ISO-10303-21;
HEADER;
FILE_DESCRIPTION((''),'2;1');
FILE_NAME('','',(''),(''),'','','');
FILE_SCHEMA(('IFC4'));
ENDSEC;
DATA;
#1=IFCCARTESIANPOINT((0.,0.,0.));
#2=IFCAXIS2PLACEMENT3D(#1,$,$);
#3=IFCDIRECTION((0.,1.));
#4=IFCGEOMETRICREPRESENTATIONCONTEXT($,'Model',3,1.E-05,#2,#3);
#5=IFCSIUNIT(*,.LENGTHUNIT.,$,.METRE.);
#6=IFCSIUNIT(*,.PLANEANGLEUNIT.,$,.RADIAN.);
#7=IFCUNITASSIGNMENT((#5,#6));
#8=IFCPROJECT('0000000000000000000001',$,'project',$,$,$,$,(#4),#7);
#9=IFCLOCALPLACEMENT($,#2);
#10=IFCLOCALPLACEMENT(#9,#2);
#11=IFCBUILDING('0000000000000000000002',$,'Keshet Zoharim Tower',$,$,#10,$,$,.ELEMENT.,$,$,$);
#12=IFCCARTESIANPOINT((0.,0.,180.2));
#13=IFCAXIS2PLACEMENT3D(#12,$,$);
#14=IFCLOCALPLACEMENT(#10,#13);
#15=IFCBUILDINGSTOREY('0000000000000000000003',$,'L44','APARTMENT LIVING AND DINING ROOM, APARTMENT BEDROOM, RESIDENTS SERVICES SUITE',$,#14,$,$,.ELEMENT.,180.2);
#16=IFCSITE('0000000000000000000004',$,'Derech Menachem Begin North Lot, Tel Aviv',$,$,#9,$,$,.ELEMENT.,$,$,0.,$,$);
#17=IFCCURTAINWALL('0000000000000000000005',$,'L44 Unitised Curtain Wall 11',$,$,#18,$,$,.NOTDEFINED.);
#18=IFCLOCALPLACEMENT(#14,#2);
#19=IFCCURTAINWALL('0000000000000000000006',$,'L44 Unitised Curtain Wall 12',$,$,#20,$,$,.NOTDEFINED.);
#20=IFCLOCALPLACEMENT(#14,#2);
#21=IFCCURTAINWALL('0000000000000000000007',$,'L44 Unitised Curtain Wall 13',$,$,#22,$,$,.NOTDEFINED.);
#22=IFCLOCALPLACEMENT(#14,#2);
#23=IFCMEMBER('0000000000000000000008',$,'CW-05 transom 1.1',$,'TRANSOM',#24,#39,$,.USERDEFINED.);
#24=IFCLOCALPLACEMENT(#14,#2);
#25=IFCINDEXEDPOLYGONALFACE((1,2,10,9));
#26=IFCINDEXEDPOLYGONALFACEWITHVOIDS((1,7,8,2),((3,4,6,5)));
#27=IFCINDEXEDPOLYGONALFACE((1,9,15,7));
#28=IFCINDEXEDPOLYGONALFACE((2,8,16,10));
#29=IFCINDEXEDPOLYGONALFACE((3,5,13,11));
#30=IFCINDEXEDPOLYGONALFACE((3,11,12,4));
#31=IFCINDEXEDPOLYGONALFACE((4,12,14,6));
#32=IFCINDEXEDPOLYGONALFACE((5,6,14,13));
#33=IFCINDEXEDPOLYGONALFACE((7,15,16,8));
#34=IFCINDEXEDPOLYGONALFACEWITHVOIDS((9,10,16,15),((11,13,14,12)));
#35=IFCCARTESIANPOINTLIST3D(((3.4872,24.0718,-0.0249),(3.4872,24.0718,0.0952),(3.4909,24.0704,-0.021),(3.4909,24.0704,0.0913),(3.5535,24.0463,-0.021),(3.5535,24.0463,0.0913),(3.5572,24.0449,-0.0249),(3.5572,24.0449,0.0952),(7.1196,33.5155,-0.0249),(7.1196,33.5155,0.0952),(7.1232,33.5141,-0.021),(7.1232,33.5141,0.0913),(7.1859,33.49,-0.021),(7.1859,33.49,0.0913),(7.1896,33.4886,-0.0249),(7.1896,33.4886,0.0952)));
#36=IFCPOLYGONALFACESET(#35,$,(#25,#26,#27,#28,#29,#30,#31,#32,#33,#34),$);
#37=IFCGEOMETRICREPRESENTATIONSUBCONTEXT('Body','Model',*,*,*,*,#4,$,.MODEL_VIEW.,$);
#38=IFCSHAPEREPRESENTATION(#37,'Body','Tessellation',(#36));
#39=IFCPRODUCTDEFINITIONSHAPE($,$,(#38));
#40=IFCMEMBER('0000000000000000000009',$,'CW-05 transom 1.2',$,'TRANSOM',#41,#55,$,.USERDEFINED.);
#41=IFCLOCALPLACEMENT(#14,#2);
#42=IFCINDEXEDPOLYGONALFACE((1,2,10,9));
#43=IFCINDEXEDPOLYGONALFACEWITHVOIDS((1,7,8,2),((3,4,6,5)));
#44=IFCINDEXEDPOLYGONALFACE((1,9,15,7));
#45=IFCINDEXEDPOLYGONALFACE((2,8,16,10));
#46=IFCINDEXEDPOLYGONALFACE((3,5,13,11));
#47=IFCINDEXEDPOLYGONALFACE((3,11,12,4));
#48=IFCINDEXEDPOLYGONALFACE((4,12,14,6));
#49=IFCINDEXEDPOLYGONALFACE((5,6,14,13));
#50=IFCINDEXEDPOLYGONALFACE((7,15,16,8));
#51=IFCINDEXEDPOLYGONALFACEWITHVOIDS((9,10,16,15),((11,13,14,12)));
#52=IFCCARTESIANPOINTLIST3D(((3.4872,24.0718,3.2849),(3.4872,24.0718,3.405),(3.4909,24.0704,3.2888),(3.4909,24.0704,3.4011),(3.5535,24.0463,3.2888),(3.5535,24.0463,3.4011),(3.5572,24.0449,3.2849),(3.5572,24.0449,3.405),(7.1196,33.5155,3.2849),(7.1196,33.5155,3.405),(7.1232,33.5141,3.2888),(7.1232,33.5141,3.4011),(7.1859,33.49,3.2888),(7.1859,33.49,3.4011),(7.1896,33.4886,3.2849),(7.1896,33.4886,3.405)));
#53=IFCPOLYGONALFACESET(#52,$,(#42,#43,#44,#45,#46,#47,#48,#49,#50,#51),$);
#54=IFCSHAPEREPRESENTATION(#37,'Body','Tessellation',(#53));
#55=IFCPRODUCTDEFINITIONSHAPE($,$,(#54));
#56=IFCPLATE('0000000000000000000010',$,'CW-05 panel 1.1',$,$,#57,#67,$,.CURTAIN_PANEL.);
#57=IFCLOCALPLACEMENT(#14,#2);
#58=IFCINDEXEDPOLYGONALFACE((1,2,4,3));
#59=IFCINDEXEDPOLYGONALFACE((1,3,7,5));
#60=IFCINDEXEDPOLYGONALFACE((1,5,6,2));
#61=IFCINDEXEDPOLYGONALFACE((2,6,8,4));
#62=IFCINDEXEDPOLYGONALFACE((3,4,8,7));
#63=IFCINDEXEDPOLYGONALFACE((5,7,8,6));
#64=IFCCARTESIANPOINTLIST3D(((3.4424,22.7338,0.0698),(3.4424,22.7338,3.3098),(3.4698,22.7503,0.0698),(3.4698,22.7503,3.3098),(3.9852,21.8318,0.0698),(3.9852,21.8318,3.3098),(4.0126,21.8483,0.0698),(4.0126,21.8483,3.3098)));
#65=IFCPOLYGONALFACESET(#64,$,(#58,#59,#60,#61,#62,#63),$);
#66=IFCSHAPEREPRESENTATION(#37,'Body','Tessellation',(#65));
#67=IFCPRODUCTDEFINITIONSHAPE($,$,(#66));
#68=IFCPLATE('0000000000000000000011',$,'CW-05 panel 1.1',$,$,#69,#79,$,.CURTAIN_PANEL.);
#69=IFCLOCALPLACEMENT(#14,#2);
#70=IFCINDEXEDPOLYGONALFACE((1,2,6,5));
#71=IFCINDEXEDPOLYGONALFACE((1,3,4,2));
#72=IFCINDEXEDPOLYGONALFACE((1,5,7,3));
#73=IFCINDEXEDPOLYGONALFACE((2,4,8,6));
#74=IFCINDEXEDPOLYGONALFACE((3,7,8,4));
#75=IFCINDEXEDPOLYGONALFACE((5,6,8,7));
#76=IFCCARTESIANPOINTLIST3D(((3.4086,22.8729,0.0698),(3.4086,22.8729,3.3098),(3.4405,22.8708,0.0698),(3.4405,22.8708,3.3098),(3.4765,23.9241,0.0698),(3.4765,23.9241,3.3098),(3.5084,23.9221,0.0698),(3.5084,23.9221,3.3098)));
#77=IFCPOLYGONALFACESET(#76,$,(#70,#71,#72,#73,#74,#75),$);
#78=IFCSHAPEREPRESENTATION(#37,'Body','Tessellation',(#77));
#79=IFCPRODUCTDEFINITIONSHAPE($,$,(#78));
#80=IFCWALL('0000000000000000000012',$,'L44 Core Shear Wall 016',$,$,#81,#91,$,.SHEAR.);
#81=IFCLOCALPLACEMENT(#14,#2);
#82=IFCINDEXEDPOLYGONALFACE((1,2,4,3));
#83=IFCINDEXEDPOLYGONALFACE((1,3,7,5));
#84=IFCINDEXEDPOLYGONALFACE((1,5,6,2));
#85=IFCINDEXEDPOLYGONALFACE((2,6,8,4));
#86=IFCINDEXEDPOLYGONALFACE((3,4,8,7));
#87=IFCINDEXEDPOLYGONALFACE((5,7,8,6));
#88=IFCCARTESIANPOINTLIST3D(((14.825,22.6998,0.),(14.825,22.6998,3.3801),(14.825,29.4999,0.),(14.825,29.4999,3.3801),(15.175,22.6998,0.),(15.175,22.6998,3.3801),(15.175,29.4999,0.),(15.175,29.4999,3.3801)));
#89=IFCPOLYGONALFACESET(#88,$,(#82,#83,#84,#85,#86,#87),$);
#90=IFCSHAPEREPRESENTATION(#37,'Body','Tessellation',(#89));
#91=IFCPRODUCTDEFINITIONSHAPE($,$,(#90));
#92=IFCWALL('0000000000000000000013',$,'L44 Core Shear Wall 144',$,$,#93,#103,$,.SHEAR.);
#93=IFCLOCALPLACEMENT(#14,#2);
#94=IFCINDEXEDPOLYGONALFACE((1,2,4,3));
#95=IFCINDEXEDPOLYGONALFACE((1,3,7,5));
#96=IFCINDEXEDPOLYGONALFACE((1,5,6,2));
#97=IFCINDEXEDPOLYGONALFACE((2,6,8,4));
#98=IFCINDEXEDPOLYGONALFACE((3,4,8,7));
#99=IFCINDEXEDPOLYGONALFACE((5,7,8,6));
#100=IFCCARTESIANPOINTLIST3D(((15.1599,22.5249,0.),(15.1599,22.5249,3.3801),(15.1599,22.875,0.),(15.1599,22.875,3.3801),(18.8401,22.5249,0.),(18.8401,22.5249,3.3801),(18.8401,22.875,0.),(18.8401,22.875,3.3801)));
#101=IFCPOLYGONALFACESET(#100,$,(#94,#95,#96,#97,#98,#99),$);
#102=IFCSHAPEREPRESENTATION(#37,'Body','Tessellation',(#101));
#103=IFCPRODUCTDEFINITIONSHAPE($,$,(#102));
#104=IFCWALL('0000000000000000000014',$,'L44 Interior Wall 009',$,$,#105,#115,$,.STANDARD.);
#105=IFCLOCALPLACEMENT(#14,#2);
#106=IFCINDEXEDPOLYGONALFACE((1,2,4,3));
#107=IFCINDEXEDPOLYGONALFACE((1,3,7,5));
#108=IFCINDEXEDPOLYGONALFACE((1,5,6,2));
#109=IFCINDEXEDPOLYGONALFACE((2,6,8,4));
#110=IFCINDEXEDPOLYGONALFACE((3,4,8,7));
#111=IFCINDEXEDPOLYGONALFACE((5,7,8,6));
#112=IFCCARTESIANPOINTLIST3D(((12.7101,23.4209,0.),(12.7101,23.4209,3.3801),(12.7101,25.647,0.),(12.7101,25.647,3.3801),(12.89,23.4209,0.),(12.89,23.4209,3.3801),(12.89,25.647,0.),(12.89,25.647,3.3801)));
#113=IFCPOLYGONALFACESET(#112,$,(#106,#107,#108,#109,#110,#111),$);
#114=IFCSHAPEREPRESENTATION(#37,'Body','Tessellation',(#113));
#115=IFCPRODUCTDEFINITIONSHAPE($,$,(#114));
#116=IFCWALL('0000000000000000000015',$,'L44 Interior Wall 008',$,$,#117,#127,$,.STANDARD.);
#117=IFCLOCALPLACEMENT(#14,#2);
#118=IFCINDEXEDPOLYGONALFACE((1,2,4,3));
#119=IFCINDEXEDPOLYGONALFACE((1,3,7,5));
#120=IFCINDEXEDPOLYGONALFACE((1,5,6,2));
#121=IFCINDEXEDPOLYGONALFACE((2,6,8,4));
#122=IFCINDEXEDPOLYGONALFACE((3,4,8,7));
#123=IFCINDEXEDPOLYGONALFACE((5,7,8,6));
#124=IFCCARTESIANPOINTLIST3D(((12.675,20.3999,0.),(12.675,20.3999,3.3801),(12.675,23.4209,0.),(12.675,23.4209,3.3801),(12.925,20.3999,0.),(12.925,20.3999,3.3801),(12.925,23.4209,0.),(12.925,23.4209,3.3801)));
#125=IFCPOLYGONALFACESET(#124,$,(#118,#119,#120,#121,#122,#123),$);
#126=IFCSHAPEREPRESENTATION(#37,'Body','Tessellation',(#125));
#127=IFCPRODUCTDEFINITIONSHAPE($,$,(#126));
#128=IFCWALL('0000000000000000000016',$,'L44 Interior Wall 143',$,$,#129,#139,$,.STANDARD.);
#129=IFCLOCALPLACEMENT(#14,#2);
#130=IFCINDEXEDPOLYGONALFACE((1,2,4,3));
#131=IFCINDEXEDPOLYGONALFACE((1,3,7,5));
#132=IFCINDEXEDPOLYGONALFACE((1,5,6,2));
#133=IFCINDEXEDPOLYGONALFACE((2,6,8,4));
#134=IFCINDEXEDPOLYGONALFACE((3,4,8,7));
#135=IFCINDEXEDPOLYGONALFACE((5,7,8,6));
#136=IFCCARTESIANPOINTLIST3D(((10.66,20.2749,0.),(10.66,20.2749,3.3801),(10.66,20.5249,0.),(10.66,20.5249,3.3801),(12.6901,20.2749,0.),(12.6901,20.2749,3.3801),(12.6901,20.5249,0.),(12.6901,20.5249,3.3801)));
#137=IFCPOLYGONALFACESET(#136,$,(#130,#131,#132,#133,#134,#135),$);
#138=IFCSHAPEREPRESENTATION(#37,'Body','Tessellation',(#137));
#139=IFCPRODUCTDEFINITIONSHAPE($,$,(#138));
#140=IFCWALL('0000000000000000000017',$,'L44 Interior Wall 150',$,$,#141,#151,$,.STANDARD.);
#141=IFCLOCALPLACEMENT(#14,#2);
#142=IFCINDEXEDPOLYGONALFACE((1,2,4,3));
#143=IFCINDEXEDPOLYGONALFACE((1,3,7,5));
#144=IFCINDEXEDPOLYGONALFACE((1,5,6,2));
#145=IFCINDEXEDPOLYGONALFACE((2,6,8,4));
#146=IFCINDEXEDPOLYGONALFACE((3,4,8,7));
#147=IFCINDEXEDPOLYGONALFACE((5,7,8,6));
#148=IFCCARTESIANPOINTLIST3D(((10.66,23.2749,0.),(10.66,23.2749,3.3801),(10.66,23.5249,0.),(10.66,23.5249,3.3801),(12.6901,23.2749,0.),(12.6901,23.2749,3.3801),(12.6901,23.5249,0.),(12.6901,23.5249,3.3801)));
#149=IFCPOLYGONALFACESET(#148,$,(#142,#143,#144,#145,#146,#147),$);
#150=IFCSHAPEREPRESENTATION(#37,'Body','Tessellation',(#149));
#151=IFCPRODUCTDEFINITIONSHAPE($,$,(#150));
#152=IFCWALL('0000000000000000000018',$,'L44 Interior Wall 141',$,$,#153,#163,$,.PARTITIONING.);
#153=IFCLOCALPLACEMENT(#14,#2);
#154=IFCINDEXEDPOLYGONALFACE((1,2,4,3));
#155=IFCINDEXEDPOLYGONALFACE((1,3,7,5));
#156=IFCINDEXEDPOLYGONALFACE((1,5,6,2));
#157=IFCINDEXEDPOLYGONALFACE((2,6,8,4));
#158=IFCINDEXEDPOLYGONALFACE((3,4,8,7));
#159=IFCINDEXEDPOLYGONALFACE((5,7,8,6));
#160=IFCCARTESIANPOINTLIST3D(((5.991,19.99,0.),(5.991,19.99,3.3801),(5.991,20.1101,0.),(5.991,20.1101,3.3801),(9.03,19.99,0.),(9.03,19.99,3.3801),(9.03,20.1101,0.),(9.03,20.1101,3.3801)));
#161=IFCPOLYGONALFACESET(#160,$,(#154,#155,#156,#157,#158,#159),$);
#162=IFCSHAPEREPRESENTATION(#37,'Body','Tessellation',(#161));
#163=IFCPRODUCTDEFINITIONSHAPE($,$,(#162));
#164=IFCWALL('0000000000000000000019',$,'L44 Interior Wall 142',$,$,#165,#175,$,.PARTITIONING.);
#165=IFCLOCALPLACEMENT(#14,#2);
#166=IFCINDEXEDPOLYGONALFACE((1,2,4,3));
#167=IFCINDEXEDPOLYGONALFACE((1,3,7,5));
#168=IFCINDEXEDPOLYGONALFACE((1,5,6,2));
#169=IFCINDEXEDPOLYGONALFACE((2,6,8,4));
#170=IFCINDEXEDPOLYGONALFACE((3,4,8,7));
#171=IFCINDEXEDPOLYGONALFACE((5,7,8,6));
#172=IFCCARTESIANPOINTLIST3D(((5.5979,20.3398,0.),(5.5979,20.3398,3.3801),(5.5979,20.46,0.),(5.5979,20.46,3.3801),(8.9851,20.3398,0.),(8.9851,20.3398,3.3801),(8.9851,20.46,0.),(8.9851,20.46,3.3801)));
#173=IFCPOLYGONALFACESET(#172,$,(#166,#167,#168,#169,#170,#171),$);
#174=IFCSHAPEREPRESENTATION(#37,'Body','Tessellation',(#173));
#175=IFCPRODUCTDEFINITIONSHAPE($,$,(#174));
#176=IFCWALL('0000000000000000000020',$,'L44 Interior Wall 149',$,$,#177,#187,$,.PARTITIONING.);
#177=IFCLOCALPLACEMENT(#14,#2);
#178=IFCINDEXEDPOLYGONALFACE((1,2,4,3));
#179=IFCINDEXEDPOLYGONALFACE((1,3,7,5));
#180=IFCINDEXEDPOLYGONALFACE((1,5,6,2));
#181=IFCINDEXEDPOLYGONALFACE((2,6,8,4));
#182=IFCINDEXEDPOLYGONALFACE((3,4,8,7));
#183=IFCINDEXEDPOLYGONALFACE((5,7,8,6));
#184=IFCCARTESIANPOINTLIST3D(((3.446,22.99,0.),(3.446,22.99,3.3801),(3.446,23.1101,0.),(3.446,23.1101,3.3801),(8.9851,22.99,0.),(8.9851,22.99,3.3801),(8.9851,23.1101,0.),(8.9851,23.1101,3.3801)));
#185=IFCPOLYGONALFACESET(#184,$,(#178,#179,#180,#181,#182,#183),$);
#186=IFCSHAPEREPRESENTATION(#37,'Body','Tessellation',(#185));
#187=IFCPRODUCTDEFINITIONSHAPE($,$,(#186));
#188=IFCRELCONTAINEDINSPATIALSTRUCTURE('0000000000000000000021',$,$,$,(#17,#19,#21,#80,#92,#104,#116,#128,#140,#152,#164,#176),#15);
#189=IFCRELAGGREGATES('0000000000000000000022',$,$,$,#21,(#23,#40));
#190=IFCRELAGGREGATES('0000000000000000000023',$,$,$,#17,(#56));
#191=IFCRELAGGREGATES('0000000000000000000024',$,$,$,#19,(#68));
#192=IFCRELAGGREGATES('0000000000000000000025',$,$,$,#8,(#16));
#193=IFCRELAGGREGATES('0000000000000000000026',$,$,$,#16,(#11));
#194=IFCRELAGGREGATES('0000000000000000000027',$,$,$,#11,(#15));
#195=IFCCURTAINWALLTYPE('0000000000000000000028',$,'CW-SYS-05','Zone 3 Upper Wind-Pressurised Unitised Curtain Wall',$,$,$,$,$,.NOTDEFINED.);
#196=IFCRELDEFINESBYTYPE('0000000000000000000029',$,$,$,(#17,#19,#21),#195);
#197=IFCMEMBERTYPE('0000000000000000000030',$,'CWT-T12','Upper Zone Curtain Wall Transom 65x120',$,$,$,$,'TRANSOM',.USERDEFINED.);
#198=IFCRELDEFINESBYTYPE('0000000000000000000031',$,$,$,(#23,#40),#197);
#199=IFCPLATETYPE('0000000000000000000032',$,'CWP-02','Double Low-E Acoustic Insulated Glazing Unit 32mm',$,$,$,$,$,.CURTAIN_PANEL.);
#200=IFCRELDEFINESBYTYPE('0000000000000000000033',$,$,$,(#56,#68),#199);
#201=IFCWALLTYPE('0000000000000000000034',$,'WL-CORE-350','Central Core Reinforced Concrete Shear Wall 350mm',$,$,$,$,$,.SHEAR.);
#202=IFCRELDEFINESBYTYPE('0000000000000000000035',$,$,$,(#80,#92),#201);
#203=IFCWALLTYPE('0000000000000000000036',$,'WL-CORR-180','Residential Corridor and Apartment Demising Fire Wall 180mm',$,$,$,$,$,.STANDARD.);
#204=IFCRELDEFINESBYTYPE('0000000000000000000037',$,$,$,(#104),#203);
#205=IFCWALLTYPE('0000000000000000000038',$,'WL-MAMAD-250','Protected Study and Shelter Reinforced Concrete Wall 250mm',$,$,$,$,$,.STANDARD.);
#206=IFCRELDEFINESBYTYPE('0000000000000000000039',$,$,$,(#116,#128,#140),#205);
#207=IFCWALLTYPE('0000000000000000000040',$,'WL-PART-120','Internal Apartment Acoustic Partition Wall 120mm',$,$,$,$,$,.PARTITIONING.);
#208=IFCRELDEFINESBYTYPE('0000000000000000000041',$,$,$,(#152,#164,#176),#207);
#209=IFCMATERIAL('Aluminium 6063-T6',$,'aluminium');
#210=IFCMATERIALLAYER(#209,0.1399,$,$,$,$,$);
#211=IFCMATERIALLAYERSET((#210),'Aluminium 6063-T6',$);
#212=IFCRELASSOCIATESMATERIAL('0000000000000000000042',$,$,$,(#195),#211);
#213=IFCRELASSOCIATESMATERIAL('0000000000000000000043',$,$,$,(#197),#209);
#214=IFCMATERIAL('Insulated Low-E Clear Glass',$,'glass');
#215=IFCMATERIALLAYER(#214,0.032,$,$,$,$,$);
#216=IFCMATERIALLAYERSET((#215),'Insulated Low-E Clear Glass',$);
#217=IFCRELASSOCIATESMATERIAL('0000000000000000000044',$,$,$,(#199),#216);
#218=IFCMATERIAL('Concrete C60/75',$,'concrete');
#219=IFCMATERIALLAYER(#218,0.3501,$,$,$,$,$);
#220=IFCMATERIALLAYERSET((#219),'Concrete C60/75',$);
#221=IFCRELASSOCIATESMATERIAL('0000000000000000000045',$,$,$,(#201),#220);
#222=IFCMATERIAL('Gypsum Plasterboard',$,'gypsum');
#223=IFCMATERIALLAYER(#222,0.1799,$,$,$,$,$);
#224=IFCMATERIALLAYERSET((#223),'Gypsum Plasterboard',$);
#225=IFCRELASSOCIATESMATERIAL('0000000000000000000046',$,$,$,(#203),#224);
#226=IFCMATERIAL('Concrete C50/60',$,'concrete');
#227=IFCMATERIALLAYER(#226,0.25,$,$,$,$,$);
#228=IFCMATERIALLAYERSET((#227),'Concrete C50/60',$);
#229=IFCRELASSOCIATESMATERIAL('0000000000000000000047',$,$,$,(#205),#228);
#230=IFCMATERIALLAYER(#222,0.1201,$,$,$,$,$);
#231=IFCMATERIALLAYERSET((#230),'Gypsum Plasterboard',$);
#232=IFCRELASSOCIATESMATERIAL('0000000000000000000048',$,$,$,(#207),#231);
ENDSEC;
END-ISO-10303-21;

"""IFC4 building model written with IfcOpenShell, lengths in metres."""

from ifc_helpers import new_model, si_unit, direction, frame, frame_2d, origin, origin_2d, place, context, subcontext, project, spatial, rectangle, hollow_rectangle, extrude, material, layer, layer_set, material_profile, profile_set, type_object, element, aggregate, save


model = new_model("IFC4")

# Units and contexts
model_context = context("Model", 3, precision=1e-05, world=origin(), true_north=direction((0.0, 1.0)))
body_context = subcontext(model_context, "Body", "Model", "MODEL_VIEW")
ifc_project = project(units=[si_unit("LENGTHUNIT", "METRE"), si_unit("PLANEANGLEUNIT", "RADIAN")], contexts=[model_context])

# Site, building, storey
site_placement = place(None, origin())
site = spatial("IfcSite", under=ifc_project, at=site_placement, Name="Derech Menachem Begin North Lot, Tel Aviv", CompositionType="ELEMENT", RefElevation=0.0)
building_placement = place(site_placement, origin())
building = spatial("IfcBuilding", under=site, at=building_placement, Name="Keshet Zoharim Tower", CompositionType="ELEMENT")
storey_placement = place(building_placement, frame((0.0, 0.0, 180.2)))
storey = spatial("IfcBuildingStorey", under=building, at=storey_placement, Name="L44", Description="APARTMENT LIVING AND DINING ROOM, APARTMENT BEDROOM, RESIDENTS SERVICES SUITE", CompositionType="ELEMENT", Elevation=180.2)

# Shared definitions
ifc_material_1 = material(Name="Concrete C60/75", Category="concrete")

# Shared definitions
ifc_material_2 = material(Name="Aluminium 6063-T6", Category="aluminium")
ifc_layer_1 = layer(ifc_material_2, 0.1399)
ifc_layer_set_1 = layer_set([ifc_layer_1], Name="Aluminium 6063-T6")
curtain_wall_type = type_object("IfcCurtainWallType", Name="CW-SYS-05", Description="Zone 3 Upper Wind-Pressurised Unitised Curtain Wall", PredefinedType="NOTDEFINED", material=ifc_layer_set_1)

# Curtain walls
curtain_wall_1_placement = place(storey_placement, origin())
curtain_wall_1 = element("IfcCurtainWall", 1, at=curtain_wall_1_placement, inside=storey, type_object=curtain_wall_type, Name="L44 Unitised Curtain Wall 11", PredefinedType="NOTDEFINED")
curtain_wall_2_placement = place(storey_placement, origin())
curtain_wall_2 = element("IfcCurtainWall", 2, at=curtain_wall_2_placement, inside=storey, type_object=curtain_wall_type, Name="L44 Unitised Curtain Wall 12", PredefinedType="NOTDEFINED")

# Curtain wall
curtain_wall_3_placement = place(storey_placement, origin())
curtain_wall_3 = element("IfcCurtainWall", 3, at=curtain_wall_3_placement, inside=storey, type_object=curtain_wall_type, Name="L44 Unitised Curtain Wall 13", PredefinedType="NOTDEFINED")

# Members
ifc_material_profile_1 = material_profile(ifc_material_2, hollow_rectangle(XDim=0.075, YDim=0.1201, WallThickness=0.0039, at=origin_2d()), Name="TRN-75x120")
ifc_profile_set_1 = profile_set([ifc_material_profile_1], Name="Aluminium 6063-T6")
member_type_1 = type_object("IfcMemberType", Name="CWT-T12", Description="Upper Zone Curtain Wall Transom 65x120", ElementType="TRANSOM", PredefinedType="USERDEFINED", material=ifc_profile_set_1)
member_1_placement = place(storey_placement, frame((3.5222, 24.0583, 0.0352), z_axis=(0.358994, 0.93334, 0.0), x_axis=(-0.93334, 0.358994, 0.0)))
member_1 = element("IfcMember", 4, at=member_1_placement, type_object=member_type_1, Name="CW-05 transom 1.1", ObjectType="TRANSOM", PredefinedType="USERDEFINED", context=body_context, shape_type="SweptSolid", body=[
    extrude(hollow_rectangle(XDim=0.075, YDim=0.1201, WallThickness=0.0039, at=origin_2d()), origin(), (0.0, 0.0, 1.0), 10.1182),
])
member_2_placement = place(storey_placement, frame((3.5222, 24.0583, 3.345), z_axis=(0.358994, 0.93334, 0.0), x_axis=(-0.93334, 0.358994, 0.0)))
member_2 = element("IfcMember", 5, at=member_2_placement, type_object=member_type_1, Name="CW-05 transom 1.2", ObjectType="TRANSOM", PredefinedType="USERDEFINED", context=body_context, shape_type="SweptSolid", body=[
    extrude(hollow_rectangle(XDim=0.075, YDim=0.1201, WallThickness=0.0039, at=origin_2d()), origin(), (0.0, 0.0, 1.0), 10.1182),
])
aggregate(curtain_wall_3, [member_1, member_2])

# Plates
ifc_material_3 = material(Name="Insulated Low-E Clear Glass", Category="glass")
ifc_layer_2 = layer(ifc_material_3, 0.032)
ifc_layer_set_2 = layer_set([ifc_layer_2], Name="Insulated Low-E Clear Glass")
plate_type = type_object("IfcPlateType", Name="CWP-02", Description="Double Low-E Acoustic Insulated Glazing Unit 32mm", PredefinedType="CURTAIN_PANEL", material=ifc_layer_set_2)
plate_1_placement = place(storey_placement, frame((3.7275, 22.291, 0.0698), z_axis=(0.0, 0.0, 1.0), x_axis=(-0.515605, 0.856826, 0.0)))
plate_1 = element("IfcPlate", 6, at=plate_1_placement, type_object=plate_type, Name="CW-05 panel 1.1", PredefinedType="CURTAIN_PANEL", context=body_context, shape_type="SweptSolid", body=[
    extrude(rectangle(XDim=1.0527, YDim=0.032, at=origin_2d()), origin(), (0.0, 0.0, 1.0), 3.24),
])
aggregate(curtain_wall_1, [plate_1])
plate_2_placement = place(storey_placement, frame((3.4585, 23.3975, 0.0698), z_axis=(0.0, 0.0, 1.0), x_axis=(0.064517, 0.997917, 0.0)))
plate_2 = element("IfcPlate", 7, at=plate_2_placement, type_object=plate_type, Name="CW-05 panel 1.1", PredefinedType="CURTAIN_PANEL", context=body_context, shape_type="SweptSolid", body=[
    extrude(rectangle(XDim=1.0535, YDim=0.032, at=origin_2d()), origin(), (0.0, 0.0, 1.0), 3.24),
])
aggregate(curtain_wall_2, [plate_2])

# Walls
ifc_layer_3 = layer(ifc_material_1, 0.3501)
ifc_layer_set_3 = layer_set([ifc_layer_3], Name="Concrete C60/75")
wall_type_1 = type_object("IfcWallType", Name="WL-CORE-350", Description="Central Core Reinforced Concrete Shear Wall 350mm", PredefinedType="SHEAR", material=ifc_layer_set_3)
wall_1_placement = place(storey_placement, frame((15.0, 22.7, 0.0), z_axis=(0.0, 0.0, 1.0), x_axis=(0.0, 1.0, 0.0)))
element("IfcWall", 8, at=wall_1_placement, inside=storey, type_object=wall_type_1, Name="L44 Core Shear Wall 016", PredefinedType="SHEAR", context=body_context, shape_type="SweptSolid", body=[
    extrude(rectangle(XDim=6.8, YDim=0.3501, at=frame_2d((3.3999, 0.0))), origin(), (0.0, 0.0, 1.0), 3.3801),
])
wall_2_placement = place(storey_placement, frame((15.1599, 22.7, 0.0), z_axis=(0.0, 0.0, 1.0), x_axis=(1.0, 0.0, 0.0)))
element("IfcWall", 9, at=wall_2_placement, inside=storey, type_object=wall_type_1, Name="L44 Core Shear Wall 144", PredefinedType="SHEAR", context=body_context, shape_type="SweptSolid", body=[
    extrude(rectangle(XDim=3.6802, YDim=0.3501, at=frame_2d((1.8401, 0.0))), origin(), (0.0, 0.0, 1.0), 3.3801),
])
ifc_material_4 = material(Name="Gypsum Plasterboard", Category="gypsum")
ifc_layer_4 = layer(ifc_material_4, 0.1799)
ifc_layer_set_4 = layer_set([ifc_layer_4], Name="Gypsum Plasterboard")
wall_type_2 = type_object("IfcWallType", Name="WL-CORR-180", Description="Residential Corridor and Apartment Demising Fire Wall 180mm", PredefinedType="STANDARD", material=ifc_layer_set_4)
wall_3_placement = place(storey_placement, frame((12.8, 23.4209, 0.0), z_axis=(0.0, 0.0, 1.0), x_axis=(0.0, 1.0, 0.0)))
element("IfcWall", 10, at=wall_3_placement, inside=storey, type_object=wall_type_2, Name="L44 Interior Wall 009", PredefinedType="STANDARD", context=body_context, shape_type="SweptSolid", body=[
    extrude(rectangle(XDim=2.2261, YDim=0.1799, at=frame_2d((1.113, 0.0))), origin(), (0.0, 0.0, 1.0), 3.3801),
])

# Shared definitions
ifc_material_5 = material(Name="Concrete C50/60", Category="concrete")
ifc_layer_5 = layer(ifc_material_5, 0.25)
ifc_layer_set_5 = layer_set([ifc_layer_5], Name="Concrete C50/60")
wall_type_3 = type_object("IfcWallType", Name="WL-MAMAD-250", Description="Protected Study and Shelter Reinforced Concrete Wall 250mm", PredefinedType="STANDARD", material=ifc_layer_set_5)

# Walls
wall_4_placement = place(storey_placement, frame((12.8, 20.3999, 0.0), z_axis=(0.0, 0.0, 1.0), x_axis=(0.0, 1.0, 0.0)))
element("IfcWall", 11, at=wall_4_placement, inside=storey, type_object=wall_type_3, Name="L44 Interior Wall 008", PredefinedType="STANDARD", context=body_context, shape_type="SweptSolid", body=[
    extrude(rectangle(XDim=3.021, YDim=0.25, at=frame_2d((1.5105, 0.0))), origin(), (0.0, 0.0, 1.0), 3.3801),
])
for number, where, z_axis, x_axis, name in (
    (12, (10.6599, 20.3999, 0.0), (0.0, 0.0, 1.0), (1.0, 0.0, 0.0), "L44 Interior Wall 143"),
    (13, (10.6599, 23.3999, 0.0), (0.0, 0.0, 1.0), (1.0, 0.0, 0.0), "L44 Interior Wall 150"),
):
    element("IfcWall", number, at=place(storey_placement, frame(where, z_axis=z_axis, x_axis=x_axis)), inside=storey, type_object=wall_type_3, Name=name, PredefinedType="STANDARD", context=body_context, shape_type="SweptSolid", body=[
        extrude(rectangle(XDim=2.03, YDim=0.25, at=frame_2d((1.0151, 0.0))), origin(), (0.0, 0.0, 1.0), 3.3801),
    ])

# Shared definitions
ifc_layer_6 = layer(ifc_material_4, 0.1201)
ifc_layer_set_6 = layer_set([ifc_layer_6], Name="Gypsum Plasterboard")
wall_type_4 = type_object("IfcWallType", Name="WL-PART-120", Description="Internal Apartment Acoustic Partition Wall 120mm", PredefinedType="PARTITIONING", material=ifc_layer_set_6)

# Walls
wall_5_placement = place(storey_placement, frame((5.991, 20.05, 0.0), z_axis=(0.0, 0.0, 1.0), x_axis=(1.0, 0.0, 0.0)))
element("IfcWall", 14, at=wall_5_placement, inside=storey, type_object=wall_type_4, Name="L44 Interior Wall 141", PredefinedType="PARTITIONING", context=body_context, shape_type="SweptSolid", body=[
    extrude(rectangle(XDim=3.0391, YDim=0.1201, at=frame_2d((1.5195, 0.0))), origin(), (0.0, 0.0, 1.0), 3.3801),
])
wall_6_placement = place(storey_placement, frame((5.5979, 20.3999, 0.0), z_axis=(0.0, 0.0, 1.0), x_axis=(1.0, 0.0, 0.0)))
element("IfcWall", 15, at=wall_6_placement, inside=storey, type_object=wall_type_4, Name="L44 Interior Wall 142", PredefinedType="PARTITIONING", context=body_context, shape_type="SweptSolid", body=[
    extrude(rectangle(XDim=3.3872, YDim=0.1201, at=frame_2d((1.6936, 0.0))), origin(), (0.0, 0.0, 1.0), 3.3801),
])
wall_7_placement = place(storey_placement, frame((3.446, 23.05, 0.0), z_axis=(0.0, 0.0, 1.0), x_axis=(1.0, 0.0, 0.0)))
element("IfcWall", 16, at=wall_7_placement, inside=storey, type_object=wall_type_4, Name="L44 Interior Wall 149", PredefinedType="PARTITIONING", context=body_context, shape_type="SweptSolid", body=[
    extrude(rectangle(XDim=5.5391, YDim=0.1201, at=frame_2d((2.7695, 0.0))), origin(), (0.0, 0.0, 1.0), 3.3801),
])

save(model, "model.ifc")
